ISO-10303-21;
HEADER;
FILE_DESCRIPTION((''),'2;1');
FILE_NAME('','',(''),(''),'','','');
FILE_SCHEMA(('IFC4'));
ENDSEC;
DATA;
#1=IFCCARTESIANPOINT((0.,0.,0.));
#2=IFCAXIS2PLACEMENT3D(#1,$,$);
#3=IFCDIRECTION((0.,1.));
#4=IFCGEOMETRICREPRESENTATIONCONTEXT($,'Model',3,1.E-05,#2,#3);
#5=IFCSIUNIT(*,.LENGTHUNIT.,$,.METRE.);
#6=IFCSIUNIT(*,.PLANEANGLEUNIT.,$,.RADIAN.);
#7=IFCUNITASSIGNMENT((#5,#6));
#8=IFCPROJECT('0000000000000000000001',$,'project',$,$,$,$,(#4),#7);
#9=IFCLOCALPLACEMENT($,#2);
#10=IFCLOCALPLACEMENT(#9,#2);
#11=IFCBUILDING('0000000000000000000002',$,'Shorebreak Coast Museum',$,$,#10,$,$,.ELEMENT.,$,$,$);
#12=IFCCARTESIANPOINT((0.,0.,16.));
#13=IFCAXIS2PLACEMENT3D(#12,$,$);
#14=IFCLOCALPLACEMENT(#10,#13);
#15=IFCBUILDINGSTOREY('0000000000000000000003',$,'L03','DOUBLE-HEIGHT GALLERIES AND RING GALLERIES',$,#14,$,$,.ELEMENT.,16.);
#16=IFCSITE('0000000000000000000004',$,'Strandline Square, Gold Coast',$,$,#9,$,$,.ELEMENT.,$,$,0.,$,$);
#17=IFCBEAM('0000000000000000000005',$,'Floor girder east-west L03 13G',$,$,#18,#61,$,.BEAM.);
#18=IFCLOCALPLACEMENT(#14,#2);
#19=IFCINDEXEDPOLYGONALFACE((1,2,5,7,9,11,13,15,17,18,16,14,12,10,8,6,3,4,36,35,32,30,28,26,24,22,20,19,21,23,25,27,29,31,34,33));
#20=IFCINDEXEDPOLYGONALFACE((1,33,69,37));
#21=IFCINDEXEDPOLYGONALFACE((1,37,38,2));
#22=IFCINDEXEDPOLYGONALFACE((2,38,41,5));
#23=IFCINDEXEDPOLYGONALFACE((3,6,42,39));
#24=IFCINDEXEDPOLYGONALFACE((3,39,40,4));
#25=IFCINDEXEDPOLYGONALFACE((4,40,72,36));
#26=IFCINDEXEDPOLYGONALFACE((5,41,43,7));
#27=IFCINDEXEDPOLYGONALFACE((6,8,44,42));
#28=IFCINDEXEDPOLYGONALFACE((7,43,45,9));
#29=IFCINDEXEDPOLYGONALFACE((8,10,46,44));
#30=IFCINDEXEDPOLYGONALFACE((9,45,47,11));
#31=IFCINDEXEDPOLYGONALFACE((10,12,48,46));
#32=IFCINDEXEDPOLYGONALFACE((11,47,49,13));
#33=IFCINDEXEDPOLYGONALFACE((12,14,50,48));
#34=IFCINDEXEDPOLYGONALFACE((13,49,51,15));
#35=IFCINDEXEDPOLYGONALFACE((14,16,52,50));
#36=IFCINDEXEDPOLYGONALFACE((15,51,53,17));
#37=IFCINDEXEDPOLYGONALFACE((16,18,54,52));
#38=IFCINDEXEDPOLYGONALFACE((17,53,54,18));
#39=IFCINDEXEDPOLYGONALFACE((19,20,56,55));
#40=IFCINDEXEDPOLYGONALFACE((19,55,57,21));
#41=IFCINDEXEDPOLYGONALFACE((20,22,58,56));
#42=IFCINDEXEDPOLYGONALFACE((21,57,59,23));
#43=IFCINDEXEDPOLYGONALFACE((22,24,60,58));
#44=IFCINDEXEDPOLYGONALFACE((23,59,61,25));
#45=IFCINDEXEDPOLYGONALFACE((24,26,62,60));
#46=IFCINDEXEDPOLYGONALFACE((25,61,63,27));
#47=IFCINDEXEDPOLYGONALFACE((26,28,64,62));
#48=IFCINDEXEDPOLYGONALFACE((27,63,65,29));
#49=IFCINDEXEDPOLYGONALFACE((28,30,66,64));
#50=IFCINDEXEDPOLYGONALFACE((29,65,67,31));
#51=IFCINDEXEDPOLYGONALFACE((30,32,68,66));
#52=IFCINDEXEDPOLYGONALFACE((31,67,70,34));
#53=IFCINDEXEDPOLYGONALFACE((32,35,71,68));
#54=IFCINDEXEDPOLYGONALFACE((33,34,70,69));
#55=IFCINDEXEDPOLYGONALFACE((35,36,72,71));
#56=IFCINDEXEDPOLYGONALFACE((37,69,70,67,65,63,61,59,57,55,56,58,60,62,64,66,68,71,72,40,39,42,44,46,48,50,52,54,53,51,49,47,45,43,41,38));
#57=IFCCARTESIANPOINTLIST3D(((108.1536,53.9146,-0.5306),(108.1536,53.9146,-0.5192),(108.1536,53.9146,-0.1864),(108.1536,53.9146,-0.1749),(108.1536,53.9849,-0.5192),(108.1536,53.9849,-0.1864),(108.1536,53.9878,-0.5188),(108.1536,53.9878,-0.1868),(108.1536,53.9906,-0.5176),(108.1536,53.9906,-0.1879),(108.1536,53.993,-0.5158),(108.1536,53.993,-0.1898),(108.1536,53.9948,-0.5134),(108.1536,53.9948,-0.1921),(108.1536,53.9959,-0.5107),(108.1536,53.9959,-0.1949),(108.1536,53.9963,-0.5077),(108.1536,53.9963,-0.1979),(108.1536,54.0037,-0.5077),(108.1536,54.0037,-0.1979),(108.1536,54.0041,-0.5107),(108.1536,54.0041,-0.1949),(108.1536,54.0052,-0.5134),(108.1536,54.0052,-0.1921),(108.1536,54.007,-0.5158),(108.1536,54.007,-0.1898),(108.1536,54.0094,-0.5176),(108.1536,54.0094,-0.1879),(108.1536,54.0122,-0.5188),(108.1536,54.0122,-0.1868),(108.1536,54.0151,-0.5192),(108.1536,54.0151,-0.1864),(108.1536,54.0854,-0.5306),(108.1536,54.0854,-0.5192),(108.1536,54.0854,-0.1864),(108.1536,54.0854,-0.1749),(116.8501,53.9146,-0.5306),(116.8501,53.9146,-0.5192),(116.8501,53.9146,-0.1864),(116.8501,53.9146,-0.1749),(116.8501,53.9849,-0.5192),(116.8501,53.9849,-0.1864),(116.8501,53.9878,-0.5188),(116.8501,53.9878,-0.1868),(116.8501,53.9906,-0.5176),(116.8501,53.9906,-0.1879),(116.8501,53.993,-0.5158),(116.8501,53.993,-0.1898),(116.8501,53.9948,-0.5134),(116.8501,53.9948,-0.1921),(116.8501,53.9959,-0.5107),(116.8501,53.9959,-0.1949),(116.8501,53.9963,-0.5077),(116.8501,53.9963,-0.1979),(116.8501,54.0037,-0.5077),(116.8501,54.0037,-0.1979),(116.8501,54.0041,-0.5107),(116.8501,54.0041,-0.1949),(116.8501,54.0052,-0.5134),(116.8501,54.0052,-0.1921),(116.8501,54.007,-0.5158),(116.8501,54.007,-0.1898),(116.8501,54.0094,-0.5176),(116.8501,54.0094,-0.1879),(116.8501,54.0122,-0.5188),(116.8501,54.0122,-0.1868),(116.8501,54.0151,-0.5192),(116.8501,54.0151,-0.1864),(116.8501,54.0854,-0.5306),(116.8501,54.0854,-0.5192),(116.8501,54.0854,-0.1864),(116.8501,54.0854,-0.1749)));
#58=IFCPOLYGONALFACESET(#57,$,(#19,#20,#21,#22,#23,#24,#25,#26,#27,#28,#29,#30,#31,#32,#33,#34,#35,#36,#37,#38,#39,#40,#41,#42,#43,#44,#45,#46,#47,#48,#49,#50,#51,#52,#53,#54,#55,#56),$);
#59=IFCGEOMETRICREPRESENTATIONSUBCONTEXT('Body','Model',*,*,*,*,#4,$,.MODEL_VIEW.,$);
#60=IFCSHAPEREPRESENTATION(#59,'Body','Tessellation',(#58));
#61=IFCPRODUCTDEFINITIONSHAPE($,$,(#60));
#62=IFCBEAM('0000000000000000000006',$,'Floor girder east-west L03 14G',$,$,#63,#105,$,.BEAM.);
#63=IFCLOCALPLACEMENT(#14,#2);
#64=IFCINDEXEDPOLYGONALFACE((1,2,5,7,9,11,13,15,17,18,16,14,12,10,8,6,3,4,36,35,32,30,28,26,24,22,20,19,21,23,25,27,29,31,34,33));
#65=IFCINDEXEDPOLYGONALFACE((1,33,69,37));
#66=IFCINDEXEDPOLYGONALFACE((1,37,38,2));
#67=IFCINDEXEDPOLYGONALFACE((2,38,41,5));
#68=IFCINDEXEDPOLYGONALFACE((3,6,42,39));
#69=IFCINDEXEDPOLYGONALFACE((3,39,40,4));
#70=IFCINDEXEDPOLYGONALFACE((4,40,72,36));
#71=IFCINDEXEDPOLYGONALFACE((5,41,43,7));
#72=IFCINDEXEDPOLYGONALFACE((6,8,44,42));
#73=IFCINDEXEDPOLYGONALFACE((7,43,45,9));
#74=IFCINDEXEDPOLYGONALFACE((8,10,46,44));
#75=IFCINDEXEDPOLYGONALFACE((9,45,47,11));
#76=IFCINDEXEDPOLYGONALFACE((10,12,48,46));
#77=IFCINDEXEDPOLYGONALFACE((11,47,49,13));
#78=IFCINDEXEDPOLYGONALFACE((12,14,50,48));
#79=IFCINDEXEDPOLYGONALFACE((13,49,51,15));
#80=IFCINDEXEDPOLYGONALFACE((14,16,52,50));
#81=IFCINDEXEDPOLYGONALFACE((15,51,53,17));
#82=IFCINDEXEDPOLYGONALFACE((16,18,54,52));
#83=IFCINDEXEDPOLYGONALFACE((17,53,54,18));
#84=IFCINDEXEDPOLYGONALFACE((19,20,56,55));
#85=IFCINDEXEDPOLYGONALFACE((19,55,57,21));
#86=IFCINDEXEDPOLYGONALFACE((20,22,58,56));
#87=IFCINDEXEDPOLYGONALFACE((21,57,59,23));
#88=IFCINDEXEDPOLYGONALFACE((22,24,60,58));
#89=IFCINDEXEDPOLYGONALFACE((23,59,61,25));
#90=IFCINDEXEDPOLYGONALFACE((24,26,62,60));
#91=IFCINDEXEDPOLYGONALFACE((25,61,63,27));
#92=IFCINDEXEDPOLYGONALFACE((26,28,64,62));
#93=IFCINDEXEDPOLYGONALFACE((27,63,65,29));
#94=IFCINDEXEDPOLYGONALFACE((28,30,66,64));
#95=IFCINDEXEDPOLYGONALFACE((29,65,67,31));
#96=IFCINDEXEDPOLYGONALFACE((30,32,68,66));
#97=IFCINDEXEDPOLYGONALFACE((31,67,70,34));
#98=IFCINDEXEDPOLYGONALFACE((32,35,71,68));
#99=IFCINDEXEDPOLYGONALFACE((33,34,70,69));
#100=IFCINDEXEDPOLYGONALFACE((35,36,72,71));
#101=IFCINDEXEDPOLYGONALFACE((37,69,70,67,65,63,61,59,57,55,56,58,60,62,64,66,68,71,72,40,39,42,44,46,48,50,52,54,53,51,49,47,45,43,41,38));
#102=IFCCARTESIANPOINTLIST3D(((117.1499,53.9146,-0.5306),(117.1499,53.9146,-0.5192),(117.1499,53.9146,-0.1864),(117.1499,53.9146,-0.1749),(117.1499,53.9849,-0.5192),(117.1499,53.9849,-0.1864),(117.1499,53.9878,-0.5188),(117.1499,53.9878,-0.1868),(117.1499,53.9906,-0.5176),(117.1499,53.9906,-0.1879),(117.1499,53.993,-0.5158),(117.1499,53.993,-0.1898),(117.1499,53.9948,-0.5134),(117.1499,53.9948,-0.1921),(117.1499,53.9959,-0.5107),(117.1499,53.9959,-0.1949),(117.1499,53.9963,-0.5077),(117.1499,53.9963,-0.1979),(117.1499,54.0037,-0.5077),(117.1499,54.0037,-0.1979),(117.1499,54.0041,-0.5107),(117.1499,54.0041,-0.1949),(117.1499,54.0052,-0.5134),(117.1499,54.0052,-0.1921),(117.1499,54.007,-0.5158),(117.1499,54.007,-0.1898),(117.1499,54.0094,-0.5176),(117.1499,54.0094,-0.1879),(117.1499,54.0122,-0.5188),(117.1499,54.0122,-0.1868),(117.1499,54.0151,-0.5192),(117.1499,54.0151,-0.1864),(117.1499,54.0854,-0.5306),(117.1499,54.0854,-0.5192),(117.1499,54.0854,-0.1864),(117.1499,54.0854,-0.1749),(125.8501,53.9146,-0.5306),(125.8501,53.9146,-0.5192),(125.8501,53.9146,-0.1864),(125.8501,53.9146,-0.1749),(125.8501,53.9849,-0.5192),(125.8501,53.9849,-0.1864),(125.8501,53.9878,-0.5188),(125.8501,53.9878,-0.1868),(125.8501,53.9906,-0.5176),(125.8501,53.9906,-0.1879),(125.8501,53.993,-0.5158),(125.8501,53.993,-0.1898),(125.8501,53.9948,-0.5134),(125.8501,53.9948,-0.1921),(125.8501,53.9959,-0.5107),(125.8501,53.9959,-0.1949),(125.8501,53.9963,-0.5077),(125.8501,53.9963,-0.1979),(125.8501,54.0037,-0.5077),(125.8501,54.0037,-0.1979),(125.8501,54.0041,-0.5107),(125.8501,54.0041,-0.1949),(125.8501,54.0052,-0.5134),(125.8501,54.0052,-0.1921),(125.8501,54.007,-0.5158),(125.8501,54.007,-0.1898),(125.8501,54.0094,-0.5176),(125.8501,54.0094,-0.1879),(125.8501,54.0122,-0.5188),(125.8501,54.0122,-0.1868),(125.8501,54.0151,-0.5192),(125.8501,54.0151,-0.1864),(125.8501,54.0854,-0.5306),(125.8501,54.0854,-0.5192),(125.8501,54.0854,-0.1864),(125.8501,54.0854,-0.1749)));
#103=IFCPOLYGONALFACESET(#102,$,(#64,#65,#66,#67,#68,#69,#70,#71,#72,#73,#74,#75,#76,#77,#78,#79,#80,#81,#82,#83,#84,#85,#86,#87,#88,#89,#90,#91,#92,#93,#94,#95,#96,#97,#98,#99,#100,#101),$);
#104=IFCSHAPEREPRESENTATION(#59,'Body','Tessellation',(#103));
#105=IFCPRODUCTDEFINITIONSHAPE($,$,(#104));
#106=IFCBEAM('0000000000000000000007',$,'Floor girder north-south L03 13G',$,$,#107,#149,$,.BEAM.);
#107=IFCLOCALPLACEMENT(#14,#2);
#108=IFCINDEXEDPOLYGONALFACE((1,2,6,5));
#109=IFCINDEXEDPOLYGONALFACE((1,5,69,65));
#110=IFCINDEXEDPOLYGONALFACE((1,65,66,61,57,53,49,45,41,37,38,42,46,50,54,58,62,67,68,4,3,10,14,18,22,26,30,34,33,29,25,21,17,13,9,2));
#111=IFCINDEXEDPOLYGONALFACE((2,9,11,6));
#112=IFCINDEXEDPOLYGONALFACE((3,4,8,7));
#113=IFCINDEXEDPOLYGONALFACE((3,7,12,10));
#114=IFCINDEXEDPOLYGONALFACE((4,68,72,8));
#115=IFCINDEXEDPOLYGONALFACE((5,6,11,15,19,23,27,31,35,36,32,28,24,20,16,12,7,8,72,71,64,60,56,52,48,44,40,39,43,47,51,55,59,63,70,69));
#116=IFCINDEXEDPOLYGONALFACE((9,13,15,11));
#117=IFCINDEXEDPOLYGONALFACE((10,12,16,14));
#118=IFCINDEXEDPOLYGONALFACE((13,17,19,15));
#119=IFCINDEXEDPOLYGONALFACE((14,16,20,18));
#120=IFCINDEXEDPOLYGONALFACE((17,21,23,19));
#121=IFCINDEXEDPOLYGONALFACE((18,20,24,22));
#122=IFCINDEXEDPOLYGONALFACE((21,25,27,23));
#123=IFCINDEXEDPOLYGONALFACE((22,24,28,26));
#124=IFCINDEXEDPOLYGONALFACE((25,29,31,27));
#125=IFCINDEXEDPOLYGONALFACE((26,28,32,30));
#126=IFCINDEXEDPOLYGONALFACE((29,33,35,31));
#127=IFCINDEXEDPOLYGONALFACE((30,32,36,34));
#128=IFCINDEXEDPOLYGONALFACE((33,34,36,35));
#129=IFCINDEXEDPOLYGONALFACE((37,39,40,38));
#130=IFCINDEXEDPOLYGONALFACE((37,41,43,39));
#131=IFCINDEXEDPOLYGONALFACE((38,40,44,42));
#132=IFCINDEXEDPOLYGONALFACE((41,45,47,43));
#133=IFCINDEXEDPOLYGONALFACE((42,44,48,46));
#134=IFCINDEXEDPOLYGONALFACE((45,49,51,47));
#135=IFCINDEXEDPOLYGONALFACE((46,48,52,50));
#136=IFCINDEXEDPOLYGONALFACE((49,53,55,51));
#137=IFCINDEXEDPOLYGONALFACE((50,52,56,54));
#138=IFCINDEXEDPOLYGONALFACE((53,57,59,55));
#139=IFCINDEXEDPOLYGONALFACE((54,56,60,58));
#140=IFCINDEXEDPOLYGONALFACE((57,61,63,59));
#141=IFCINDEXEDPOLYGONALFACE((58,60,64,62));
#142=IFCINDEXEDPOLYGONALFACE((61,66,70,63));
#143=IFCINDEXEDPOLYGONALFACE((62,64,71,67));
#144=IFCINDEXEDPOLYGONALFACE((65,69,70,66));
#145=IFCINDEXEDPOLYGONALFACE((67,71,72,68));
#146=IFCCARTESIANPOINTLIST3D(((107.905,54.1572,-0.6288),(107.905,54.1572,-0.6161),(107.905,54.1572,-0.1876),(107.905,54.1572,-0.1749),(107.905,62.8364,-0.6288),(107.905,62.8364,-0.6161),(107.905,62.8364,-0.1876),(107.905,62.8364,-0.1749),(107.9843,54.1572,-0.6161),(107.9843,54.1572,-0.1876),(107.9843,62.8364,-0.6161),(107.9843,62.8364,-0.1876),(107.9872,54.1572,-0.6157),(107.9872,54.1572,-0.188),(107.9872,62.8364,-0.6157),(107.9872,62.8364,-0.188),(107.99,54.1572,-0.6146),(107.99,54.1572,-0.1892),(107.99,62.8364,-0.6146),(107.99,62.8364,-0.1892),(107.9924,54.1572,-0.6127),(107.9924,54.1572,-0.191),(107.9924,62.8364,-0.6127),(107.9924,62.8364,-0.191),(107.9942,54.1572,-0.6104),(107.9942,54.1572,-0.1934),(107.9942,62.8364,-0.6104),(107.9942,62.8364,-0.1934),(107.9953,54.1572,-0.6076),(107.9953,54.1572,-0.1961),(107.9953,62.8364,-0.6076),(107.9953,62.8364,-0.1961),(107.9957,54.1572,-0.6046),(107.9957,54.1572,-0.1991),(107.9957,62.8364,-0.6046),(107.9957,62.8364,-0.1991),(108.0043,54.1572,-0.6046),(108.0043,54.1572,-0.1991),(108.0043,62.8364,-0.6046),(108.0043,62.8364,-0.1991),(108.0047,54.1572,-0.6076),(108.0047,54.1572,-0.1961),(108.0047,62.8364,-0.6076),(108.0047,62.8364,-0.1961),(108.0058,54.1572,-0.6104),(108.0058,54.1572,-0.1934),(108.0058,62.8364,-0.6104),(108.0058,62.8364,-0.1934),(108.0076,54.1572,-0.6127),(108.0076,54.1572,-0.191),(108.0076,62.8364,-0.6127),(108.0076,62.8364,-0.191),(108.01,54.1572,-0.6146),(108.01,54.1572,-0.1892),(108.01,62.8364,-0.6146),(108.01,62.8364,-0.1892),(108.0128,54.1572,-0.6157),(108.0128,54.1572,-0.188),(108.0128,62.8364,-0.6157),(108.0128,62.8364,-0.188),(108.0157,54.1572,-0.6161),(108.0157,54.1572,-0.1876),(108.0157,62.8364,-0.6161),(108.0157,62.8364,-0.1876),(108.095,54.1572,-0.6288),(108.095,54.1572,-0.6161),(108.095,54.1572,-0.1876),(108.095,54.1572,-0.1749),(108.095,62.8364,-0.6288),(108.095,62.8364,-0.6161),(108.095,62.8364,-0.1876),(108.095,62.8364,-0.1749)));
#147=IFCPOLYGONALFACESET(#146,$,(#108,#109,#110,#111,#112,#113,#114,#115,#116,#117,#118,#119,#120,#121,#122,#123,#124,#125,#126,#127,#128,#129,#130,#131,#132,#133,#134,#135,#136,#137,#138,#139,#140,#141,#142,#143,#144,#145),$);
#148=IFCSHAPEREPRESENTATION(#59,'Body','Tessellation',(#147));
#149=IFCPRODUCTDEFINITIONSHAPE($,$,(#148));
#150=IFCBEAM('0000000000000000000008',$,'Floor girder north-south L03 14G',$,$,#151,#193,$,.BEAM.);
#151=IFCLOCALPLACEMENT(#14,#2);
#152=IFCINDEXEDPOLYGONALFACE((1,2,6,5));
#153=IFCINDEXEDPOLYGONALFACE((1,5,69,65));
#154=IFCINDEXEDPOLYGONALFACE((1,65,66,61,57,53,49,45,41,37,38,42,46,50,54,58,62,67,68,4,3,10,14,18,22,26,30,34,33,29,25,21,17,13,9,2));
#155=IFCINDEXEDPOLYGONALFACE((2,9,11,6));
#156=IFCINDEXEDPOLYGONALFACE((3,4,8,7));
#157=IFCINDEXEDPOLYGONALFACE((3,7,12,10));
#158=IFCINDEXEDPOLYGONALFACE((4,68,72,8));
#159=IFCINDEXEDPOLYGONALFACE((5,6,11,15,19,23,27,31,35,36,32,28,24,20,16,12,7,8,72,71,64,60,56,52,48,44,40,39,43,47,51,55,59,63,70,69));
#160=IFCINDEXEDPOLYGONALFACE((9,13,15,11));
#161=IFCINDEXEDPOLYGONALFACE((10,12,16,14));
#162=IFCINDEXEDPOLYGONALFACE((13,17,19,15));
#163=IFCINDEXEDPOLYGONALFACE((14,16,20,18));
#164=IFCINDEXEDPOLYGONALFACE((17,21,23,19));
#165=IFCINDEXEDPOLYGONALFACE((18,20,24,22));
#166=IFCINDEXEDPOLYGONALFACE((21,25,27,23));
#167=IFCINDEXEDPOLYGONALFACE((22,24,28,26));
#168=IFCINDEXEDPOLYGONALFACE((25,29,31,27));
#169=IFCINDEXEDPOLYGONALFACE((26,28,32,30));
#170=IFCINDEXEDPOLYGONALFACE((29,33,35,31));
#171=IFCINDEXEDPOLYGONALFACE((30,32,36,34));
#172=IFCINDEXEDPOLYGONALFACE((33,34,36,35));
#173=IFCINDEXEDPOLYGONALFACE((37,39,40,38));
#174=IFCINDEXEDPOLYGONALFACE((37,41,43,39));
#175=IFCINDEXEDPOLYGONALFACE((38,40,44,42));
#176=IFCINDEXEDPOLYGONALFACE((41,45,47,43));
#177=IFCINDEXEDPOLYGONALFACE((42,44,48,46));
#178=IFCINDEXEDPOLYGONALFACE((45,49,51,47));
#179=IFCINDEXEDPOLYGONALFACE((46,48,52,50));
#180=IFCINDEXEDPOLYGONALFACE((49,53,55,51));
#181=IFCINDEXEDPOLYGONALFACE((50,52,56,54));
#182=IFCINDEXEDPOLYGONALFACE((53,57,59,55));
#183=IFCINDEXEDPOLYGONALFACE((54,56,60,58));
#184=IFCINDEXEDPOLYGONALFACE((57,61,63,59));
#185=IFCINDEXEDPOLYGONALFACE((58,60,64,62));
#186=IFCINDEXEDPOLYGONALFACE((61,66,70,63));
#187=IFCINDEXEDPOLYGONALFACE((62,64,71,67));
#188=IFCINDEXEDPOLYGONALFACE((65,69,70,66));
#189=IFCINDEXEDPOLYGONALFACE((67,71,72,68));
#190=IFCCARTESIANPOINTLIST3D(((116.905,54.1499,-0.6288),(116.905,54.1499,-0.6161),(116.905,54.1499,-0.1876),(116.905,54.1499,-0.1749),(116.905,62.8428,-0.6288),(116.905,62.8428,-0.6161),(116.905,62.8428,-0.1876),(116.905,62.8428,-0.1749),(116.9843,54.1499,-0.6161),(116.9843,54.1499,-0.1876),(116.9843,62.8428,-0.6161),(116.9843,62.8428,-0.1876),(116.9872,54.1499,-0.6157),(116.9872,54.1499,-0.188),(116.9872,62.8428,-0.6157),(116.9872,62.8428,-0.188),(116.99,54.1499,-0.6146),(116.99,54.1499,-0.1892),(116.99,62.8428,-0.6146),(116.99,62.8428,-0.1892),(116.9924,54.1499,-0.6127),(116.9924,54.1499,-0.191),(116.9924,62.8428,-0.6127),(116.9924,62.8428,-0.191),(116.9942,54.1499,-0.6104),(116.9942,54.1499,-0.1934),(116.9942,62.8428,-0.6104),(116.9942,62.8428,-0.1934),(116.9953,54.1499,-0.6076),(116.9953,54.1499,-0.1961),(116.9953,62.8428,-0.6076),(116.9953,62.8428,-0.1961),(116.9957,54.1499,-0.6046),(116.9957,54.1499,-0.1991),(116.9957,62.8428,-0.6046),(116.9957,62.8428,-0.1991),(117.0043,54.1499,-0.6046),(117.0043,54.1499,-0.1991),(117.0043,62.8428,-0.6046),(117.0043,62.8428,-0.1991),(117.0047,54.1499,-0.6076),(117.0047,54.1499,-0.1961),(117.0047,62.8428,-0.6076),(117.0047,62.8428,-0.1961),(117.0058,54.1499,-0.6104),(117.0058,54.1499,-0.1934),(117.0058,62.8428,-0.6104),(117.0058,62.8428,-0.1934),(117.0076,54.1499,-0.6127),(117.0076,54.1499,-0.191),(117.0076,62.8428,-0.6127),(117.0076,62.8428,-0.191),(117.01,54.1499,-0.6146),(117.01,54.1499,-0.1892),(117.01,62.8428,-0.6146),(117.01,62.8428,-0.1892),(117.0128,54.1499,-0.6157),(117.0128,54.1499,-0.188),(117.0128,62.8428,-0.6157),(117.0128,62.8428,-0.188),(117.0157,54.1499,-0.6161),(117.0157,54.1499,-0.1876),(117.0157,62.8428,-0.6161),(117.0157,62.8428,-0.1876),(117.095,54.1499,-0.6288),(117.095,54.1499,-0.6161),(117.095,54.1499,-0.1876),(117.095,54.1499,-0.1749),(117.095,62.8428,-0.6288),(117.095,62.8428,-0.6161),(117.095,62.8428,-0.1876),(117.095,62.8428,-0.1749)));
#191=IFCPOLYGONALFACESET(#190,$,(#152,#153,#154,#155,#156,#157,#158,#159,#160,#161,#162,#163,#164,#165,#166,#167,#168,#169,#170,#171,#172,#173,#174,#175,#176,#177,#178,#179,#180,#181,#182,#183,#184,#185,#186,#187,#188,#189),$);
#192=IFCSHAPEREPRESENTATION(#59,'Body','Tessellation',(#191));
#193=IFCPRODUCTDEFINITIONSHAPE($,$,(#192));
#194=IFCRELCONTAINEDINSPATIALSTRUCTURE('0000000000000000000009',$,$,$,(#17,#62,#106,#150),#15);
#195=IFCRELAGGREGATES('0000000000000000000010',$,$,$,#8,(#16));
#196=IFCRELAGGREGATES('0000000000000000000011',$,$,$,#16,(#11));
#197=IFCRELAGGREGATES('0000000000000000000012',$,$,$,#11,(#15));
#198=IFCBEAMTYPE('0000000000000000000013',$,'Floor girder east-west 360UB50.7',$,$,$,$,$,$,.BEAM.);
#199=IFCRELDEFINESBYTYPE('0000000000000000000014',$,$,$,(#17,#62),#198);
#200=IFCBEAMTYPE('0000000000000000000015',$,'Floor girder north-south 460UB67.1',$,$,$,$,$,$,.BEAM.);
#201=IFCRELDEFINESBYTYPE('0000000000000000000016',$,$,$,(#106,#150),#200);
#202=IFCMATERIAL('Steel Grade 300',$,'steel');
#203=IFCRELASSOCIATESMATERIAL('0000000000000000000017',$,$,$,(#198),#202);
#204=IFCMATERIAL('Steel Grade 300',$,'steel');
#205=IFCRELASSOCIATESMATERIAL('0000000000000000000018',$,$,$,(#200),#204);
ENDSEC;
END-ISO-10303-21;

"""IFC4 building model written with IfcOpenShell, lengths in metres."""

from ifc_helpers import new_model, si_unit, direction, frame, origin, origin_2d, place, context, subcontext, project, spatial, i_section, extrude, material, material_profile, profile_set, type_object, element, save


model = new_model("IFC4")

# Units and contexts
model_context = context("Model", 3, precision=1e-05, world=origin(), true_north=direction((0.0, 1.0)))
body_context = subcontext(model_context, "Body", "Model", "MODEL_VIEW")
ifc_project = project(units=[si_unit("LENGTHUNIT", "METRE"), si_unit("PLANEANGLEUNIT", "RADIAN")], contexts=[model_context])

# Site, building, storey
site_placement = place(None, origin())
site = spatial("IfcSite", under=ifc_project, at=site_placement, Name="Strandline Square, Gold Coast", CompositionType="ELEMENT", RefElevation=0.0)
building_placement = place(site_placement, origin())
building = spatial("IfcBuilding", under=site, at=building_placement, Name="Shorebreak Coast Museum", CompositionType="ELEMENT")
storey_placement = place(building_placement, frame((0.0, 0.0, 16.0)))
storey = spatial("IfcBuildingStorey", under=building, at=storey_placement, Name="L03", Description="DOUBLE-HEIGHT GALLERIES AND RING GALLERIES", CompositionType="ELEMENT", Elevation=16.0)

# Beams
ifc_material_1 = material(Name="Steel Grade 300", Category="steel")
ifc_material_profile_1 = material_profile(ifc_material_1, i_section(OverallWidth=0.1709, OverallDepth=0.3557, WebThickness=0.0073, FlangeThickness=0.0115, FilletRadius=0.0115, at=origin_2d()), Name="360UB50.7")
ifc_profile_set_1 = profile_set([ifc_material_profile_1], Name="Steel Grade 300")
beam_type_1 = type_object("IfcBeamType", Name="Floor girder east-west 360UB50.7", PredefinedType="BEAM", material=ifc_profile_set_1)
beam_1_placement = place(storey_placement, frame((108.1536, 54.0, -0.3528), z_axis=(1.0, 0.0, 0.0), x_axis=(0.0, 1.0, 0.0)))
element("IfcBeam", 1, at=beam_1_placement, inside=storey, type_object=beam_type_1, Name="Floor girder east-west L03 13G", PredefinedType="BEAM", context=body_context, shape_type="SweptSolid", body=[
    extrude(i_section(OverallWidth=0.1709, OverallDepth=0.3557, WebThickness=0.0073, FlangeThickness=0.0115, FilletRadius=0.0115, at=origin_2d()), origin(), (0.0, 0.0, 1.0), 8.6965),
])
beam_2_placement = place(storey_placement, frame((117.1499, 54.0, -0.3528), z_axis=(1.0, 0.0, 0.0), x_axis=(0.0, 1.0, 0.0)))
element("IfcBeam", 2, at=beam_2_placement, inside=storey, type_object=beam_type_1, Name="Floor girder east-west L03 14G", PredefinedType="BEAM", context=body_context, shape_type="SweptSolid", body=[
    extrude(i_section(OverallWidth=0.1709, OverallDepth=0.3557, WebThickness=0.0073, FlangeThickness=0.0115, FilletRadius=0.0115, at=origin_2d()), origin(), (0.0, 0.0, 1.0), 8.7002),
])
ifc_material_2 = material(Name="Steel Grade 300", Category="steel")
ifc_material_profile_2 = material_profile(ifc_material_2, i_section(OverallWidth=0.1899, OverallDepth=0.4539, WebThickness=0.0085, FlangeThickness=0.0127, FilletRadius=0.0115, at=origin_2d()), Name="460UB67.1")
ifc_profile_set_2 = profile_set([ifc_material_profile_2], Name="Steel Grade 300")
beam_type_2 = type_object("IfcBeamType", Name="Floor girder north-south 460UB67.1", PredefinedType="BEAM", material=ifc_profile_set_2)
beam_3_placement = place(storey_placement, frame((108.0, 54.1572, -0.4019), z_axis=(0.0, 1.0, 0.0), x_axis=(-1.0, 0.0, 0.0)))
element("IfcBeam", 3, at=beam_3_placement, inside=storey, type_object=beam_type_2, Name="Floor girder north-south L03 13G", PredefinedType="BEAM", context=body_context, shape_type="SweptSolid", body=[
    extrude(i_section(OverallWidth=0.1899, OverallDepth=0.4539, WebThickness=0.0085, FlangeThickness=0.0127, FilletRadius=0.0115, at=origin_2d()), origin(), (0.0, 0.0, 1.0), 8.6792),
])
beam_4_placement = place(storey_placement, frame((117.0, 54.1499, -0.4019), z_axis=(0.0, 1.0, 0.0), x_axis=(-1.0, 0.0, 0.0)))
element("IfcBeam", 4, at=beam_4_placement, inside=storey, type_object=beam_type_2, Name="Floor girder north-south L03 14G", PredefinedType="BEAM", context=body_context, shape_type="SweptSolid", body=[
    extrude(i_section(OverallWidth=0.1899, OverallDepth=0.4539, WebThickness=0.0085, FlangeThickness=0.0127, FilletRadius=0.0115, at=origin_2d()), origin(), (0.0, 0.0, 1.0), 8.6929),
])

save(model, "model.ifc")
